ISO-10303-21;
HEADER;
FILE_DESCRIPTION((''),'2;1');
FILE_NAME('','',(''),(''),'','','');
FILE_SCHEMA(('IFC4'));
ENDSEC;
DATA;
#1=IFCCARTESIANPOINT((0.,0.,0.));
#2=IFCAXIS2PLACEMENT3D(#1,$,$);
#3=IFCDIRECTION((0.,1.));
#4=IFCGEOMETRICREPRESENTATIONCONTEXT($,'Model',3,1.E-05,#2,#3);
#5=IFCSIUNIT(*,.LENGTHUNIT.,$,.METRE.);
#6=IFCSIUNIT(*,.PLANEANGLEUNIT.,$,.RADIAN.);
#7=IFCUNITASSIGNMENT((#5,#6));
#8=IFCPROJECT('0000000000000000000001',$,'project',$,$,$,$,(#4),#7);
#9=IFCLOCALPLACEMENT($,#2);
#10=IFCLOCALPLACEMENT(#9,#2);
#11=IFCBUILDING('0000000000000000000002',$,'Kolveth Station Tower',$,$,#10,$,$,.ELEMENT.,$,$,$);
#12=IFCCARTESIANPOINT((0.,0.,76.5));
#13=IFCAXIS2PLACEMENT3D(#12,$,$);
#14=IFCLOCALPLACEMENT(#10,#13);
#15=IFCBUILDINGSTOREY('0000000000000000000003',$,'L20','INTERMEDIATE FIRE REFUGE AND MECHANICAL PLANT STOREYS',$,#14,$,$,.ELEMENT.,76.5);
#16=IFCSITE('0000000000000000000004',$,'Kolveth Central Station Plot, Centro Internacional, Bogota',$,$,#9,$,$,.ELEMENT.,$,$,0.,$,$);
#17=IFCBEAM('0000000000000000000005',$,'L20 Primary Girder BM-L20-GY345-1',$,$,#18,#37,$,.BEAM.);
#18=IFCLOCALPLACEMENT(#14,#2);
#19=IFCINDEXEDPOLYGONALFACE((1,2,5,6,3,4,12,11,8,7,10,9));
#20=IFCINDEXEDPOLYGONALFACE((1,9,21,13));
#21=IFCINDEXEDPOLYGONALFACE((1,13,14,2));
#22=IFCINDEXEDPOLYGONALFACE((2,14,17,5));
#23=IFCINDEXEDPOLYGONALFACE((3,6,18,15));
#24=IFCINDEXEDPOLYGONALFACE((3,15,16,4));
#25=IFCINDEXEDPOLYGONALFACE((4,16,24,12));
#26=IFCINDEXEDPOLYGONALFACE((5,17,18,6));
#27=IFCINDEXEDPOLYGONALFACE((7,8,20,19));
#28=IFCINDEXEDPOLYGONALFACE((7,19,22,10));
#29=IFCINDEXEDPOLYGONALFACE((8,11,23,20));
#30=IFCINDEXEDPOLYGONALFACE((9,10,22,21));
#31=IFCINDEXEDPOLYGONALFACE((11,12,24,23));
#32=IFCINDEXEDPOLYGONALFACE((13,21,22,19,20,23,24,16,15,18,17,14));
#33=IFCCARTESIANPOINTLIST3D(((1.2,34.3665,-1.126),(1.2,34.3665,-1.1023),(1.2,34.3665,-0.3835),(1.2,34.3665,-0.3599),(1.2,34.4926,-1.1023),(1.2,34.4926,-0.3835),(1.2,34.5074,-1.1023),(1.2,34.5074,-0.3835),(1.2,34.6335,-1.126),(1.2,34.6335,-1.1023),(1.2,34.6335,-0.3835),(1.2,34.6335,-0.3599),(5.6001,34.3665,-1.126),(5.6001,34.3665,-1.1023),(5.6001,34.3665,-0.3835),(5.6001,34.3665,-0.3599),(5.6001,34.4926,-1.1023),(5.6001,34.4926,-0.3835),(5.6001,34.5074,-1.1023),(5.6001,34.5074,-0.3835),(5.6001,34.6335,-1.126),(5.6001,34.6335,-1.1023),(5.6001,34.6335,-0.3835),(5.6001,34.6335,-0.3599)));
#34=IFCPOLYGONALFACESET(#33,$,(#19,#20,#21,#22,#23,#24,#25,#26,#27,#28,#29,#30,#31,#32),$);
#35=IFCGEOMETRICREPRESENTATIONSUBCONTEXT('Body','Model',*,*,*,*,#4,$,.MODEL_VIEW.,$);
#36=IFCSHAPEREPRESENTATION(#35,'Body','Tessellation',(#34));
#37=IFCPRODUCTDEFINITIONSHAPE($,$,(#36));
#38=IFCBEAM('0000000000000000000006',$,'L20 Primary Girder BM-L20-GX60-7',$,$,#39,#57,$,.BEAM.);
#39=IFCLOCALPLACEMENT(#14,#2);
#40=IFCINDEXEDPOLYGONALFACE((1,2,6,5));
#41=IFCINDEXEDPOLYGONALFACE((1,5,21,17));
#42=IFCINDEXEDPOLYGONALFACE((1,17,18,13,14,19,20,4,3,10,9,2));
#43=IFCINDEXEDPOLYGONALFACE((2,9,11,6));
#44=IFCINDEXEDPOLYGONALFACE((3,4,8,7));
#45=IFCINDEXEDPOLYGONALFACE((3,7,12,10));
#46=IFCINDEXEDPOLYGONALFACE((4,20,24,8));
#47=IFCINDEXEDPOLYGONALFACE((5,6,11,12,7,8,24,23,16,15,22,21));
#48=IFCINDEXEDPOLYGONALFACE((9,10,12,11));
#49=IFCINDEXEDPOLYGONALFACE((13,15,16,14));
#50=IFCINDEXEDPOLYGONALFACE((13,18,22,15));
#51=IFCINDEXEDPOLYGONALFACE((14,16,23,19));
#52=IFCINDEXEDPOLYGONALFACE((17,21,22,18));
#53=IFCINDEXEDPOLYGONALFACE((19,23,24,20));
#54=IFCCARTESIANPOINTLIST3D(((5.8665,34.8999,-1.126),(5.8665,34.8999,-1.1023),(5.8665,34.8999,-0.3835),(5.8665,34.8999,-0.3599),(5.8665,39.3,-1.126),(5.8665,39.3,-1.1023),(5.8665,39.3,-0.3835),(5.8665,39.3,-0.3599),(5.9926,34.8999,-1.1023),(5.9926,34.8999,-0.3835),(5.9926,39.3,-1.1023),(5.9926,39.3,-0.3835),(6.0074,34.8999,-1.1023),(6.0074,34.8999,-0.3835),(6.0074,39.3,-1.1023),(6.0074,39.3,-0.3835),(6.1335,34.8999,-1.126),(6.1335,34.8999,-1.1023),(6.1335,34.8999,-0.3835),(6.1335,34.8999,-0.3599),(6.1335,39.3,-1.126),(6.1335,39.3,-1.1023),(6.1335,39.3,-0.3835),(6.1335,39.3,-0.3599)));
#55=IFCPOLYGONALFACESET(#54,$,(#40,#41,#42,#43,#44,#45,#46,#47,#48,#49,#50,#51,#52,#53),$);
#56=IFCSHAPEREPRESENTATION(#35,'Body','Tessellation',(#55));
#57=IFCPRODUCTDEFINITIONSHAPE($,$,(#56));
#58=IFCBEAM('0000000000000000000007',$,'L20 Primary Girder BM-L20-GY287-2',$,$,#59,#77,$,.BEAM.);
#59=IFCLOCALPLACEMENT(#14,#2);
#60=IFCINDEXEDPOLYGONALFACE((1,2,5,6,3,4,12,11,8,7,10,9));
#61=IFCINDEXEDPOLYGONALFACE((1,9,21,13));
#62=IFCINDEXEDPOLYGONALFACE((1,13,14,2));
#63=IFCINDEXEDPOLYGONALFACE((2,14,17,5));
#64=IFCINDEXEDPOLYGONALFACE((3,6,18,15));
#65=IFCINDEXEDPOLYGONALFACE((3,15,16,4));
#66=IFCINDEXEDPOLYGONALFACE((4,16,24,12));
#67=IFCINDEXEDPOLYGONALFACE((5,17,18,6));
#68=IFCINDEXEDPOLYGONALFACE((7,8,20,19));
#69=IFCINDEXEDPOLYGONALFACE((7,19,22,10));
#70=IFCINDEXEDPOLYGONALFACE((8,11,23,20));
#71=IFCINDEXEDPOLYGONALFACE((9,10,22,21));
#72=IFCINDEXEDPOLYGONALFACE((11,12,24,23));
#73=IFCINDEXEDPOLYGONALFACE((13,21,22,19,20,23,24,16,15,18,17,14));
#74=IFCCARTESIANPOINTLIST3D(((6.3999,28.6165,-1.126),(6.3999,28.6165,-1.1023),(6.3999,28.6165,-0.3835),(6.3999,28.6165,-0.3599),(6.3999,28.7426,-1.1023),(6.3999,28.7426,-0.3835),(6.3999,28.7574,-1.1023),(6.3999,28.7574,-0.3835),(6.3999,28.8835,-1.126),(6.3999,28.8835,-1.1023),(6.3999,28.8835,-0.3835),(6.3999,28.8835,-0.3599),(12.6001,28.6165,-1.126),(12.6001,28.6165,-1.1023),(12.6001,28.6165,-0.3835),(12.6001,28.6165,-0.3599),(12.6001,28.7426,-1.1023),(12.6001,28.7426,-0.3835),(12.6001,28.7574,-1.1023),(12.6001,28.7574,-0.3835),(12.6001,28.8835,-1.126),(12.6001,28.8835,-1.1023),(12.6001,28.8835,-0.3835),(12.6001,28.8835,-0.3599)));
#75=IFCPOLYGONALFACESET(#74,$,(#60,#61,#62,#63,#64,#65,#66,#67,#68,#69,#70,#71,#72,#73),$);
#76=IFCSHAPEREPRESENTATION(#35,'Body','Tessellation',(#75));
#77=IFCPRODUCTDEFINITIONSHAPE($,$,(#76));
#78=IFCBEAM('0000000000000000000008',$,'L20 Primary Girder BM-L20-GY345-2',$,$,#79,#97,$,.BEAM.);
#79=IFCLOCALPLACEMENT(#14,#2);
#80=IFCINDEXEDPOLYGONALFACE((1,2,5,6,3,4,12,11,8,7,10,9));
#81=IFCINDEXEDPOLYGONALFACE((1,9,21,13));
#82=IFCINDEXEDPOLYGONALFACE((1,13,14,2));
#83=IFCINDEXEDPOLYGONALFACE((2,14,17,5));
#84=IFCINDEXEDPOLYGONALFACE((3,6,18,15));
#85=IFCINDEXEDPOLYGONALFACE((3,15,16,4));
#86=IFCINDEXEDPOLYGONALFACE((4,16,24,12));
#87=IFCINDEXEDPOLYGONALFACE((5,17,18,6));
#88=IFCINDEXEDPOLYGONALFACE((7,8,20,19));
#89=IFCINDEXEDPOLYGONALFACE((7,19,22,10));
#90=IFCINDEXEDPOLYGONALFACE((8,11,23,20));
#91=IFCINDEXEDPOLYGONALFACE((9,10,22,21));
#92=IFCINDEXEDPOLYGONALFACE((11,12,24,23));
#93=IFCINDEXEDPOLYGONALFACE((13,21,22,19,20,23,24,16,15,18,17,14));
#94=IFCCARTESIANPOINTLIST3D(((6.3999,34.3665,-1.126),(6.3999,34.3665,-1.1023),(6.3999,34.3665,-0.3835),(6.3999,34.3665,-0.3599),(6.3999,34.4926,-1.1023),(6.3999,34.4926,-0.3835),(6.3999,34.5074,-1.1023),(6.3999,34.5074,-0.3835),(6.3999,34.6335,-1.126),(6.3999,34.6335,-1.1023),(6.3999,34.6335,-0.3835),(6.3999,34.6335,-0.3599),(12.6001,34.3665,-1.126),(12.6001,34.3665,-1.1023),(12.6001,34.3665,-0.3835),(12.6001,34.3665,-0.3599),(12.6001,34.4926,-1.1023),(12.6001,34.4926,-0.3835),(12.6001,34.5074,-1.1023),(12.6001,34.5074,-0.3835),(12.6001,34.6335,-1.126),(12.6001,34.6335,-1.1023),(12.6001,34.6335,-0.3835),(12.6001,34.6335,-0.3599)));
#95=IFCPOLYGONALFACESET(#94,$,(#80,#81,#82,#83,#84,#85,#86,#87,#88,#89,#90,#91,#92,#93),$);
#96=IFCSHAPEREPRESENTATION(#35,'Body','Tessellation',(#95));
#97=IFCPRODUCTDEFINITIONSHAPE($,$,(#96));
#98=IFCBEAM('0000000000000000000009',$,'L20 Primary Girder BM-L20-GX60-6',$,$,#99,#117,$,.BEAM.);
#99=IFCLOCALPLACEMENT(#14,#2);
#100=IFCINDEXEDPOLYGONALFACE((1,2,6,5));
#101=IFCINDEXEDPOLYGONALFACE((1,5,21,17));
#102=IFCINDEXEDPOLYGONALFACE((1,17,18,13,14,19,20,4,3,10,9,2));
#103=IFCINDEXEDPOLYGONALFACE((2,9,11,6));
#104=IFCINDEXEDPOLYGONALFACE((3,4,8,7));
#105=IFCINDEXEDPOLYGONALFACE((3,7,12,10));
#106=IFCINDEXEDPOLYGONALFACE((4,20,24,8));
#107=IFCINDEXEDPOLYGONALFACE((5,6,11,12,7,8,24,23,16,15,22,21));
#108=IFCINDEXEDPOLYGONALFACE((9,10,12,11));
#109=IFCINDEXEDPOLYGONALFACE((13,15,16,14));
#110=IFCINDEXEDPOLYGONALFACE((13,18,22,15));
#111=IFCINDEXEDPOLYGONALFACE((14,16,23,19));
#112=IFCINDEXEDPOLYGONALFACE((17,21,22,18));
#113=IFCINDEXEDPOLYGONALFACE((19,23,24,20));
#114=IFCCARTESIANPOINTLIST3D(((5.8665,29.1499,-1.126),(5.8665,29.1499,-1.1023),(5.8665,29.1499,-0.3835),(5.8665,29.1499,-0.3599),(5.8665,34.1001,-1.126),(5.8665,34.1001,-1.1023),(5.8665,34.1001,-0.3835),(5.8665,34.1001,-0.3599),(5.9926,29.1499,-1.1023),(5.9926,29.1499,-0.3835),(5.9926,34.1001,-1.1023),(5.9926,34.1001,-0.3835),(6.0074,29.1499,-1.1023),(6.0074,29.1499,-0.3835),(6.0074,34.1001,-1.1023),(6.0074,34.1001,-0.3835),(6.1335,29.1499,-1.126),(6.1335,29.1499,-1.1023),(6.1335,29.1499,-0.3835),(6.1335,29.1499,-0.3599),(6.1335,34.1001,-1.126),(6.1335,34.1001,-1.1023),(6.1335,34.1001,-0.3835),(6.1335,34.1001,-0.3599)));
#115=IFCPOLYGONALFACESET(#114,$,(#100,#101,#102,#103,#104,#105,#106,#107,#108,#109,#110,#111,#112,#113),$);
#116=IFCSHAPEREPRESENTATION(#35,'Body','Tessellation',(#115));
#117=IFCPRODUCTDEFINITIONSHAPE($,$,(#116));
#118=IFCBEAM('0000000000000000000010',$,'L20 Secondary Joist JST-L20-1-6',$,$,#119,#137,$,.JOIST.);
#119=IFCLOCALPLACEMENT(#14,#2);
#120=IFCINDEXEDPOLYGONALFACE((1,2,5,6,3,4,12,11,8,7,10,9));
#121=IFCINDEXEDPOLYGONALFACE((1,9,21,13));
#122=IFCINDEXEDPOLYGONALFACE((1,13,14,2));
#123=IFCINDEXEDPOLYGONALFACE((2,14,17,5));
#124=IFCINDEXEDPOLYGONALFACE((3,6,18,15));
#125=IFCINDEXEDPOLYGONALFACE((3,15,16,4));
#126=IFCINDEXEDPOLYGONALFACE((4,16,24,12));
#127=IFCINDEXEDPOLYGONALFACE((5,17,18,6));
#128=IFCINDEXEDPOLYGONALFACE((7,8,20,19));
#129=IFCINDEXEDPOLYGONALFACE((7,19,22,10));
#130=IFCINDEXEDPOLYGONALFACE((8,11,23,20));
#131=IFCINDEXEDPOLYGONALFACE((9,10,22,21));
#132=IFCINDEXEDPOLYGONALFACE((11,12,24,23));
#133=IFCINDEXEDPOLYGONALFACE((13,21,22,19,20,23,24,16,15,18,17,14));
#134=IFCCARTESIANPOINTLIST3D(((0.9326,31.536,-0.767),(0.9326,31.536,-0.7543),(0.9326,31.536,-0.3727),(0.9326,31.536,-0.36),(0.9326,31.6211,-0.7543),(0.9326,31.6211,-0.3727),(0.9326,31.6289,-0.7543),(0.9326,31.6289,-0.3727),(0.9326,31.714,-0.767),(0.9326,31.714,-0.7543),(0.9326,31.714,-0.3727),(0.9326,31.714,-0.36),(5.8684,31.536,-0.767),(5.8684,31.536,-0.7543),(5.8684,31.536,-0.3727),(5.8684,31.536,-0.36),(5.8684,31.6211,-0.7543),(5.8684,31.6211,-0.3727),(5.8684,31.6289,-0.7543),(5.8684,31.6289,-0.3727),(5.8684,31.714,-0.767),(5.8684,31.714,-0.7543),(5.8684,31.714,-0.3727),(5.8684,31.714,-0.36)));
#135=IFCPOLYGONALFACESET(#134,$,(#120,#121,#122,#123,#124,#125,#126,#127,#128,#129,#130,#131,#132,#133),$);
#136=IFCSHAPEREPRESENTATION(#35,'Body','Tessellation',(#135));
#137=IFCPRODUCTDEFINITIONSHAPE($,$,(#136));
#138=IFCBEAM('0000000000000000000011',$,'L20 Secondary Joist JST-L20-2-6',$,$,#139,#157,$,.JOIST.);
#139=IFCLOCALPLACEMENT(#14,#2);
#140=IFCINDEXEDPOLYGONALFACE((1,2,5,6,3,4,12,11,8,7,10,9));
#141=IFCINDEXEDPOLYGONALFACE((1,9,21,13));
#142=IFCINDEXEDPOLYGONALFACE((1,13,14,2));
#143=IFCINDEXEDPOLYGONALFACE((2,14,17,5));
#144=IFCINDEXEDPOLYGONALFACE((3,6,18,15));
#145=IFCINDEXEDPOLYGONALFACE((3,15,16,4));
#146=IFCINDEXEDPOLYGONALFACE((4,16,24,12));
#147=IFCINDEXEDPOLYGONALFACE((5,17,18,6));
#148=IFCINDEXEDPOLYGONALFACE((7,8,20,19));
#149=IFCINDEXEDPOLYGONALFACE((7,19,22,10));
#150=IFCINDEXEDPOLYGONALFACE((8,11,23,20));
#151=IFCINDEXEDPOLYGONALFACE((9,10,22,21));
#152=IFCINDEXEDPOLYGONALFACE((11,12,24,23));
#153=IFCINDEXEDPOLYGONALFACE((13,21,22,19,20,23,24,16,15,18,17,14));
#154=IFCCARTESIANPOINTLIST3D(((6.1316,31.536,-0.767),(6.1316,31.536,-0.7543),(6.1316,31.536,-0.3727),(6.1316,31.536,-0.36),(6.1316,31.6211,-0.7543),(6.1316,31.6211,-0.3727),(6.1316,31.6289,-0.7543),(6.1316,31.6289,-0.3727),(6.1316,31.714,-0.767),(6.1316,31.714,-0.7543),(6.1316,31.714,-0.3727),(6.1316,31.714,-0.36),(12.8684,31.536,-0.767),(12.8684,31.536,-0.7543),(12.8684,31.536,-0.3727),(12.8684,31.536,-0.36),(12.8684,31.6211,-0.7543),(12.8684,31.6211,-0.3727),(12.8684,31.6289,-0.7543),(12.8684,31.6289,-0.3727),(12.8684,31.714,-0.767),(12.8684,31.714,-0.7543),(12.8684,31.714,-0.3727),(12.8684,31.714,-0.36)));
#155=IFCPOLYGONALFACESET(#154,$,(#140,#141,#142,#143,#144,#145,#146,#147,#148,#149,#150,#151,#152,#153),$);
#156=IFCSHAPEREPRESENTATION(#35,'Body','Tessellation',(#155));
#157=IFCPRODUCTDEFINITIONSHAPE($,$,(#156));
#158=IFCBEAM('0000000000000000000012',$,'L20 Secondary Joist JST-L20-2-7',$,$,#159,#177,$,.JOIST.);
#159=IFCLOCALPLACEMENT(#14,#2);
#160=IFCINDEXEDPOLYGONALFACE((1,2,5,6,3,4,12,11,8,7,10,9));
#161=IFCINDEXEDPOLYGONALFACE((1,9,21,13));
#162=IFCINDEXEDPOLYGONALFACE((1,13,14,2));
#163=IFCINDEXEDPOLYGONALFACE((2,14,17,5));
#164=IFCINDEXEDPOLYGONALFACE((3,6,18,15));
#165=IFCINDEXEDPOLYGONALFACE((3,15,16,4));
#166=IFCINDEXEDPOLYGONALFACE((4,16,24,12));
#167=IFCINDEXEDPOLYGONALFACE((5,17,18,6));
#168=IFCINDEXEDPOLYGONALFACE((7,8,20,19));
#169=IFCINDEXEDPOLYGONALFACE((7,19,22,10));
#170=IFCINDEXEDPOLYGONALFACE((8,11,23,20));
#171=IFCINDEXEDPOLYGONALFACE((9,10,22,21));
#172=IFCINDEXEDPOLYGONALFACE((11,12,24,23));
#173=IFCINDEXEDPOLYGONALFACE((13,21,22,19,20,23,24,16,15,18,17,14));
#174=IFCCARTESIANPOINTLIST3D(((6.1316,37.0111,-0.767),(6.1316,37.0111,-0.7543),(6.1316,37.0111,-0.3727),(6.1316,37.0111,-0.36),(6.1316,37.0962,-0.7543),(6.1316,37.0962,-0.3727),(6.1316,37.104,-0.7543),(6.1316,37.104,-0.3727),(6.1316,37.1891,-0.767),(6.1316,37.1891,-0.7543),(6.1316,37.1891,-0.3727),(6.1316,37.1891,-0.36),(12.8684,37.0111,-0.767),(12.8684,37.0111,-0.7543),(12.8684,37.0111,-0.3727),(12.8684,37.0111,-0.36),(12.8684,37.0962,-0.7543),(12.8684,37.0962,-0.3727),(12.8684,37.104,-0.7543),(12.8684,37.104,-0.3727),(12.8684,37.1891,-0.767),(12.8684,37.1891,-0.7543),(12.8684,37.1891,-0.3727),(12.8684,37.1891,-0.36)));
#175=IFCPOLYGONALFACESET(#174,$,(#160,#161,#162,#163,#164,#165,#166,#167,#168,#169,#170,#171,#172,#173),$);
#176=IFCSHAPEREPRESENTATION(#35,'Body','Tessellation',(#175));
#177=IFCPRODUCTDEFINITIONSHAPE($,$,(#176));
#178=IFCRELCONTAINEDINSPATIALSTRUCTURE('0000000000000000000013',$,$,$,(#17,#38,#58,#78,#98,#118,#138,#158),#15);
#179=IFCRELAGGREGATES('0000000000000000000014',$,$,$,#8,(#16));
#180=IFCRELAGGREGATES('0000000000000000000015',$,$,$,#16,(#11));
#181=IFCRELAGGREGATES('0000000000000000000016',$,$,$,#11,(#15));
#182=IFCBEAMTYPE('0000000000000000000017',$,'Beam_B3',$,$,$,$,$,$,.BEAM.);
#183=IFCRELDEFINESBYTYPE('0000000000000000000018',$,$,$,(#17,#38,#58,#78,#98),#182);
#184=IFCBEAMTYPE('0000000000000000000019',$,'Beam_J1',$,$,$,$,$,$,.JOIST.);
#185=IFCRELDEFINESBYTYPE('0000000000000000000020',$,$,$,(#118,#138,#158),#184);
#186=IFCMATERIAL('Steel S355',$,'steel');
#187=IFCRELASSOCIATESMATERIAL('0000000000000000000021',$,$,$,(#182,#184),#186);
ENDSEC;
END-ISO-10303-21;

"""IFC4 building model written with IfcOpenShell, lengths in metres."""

from ifc_helpers import new_model, si_unit, direction, frame, origin, origin_2d, place, context, subcontext, project, spatial, i_section, extrude, source, transform, mapped, material, material_profile, profile_set, type_object, element, save


model = new_model("IFC4")

# Units and contexts
model_context = context("Model", 3, precision=1e-05, world=origin(), true_north=direction((0.0, 1.0)))
body_context = subcontext(model_context, "Body", "Model", "MODEL_VIEW")
ifc_project = project(units=[si_unit("LENGTHUNIT", "METRE"), si_unit("PLANEANGLEUNIT", "RADIAN")], contexts=[model_context])

# Site, building, storey
site_placement = place(None, origin())
site = spatial("IfcSite", under=ifc_project, at=site_placement, Name="Kolveth Central Station Plot, Centro Internacional, Bogota", CompositionType="ELEMENT", RefElevation=0.0)
building_placement = place(site_placement, origin())
building = spatial("IfcBuilding", under=site, at=building_placement, Name="Kolveth Station Tower", CompositionType="ELEMENT")
storey_placement = place(building_placement, frame((0.0, 0.0, 76.5)))
storey = spatial("IfcBuildingStorey", under=building, at=storey_placement, Name="L20", Description="INTERMEDIATE FIRE REFUGE AND MECHANICAL PLANT STOREYS", CompositionType="ELEMENT", Elevation=76.5)

# Shared definitions
ifc_material_1 = material(Name="Steel S355", Category="steel")

# Beams
ifc_material_profile_1 = material_profile(ifc_material_1, i_section(OverallWidth=0.2671, OverallDepth=0.7661, WebThickness=0.0149, FlangeThickness=0.0237, at=origin_2d()), Name="W760x185")
ifc_profile_set_1 = profile_set([ifc_material_profile_1], Name="Steel S355")
beam_type_1 = type_object("IfcBeamType", Name="Beam_B3", PredefinedType="BEAM", material=ifc_profile_set_1)
shared_shape_1 = source(origin(), body_context, "Body", "SweptSolid", [
    extrude(i_section(OverallWidth=0.2671, OverallDepth=0.7661, WebThickness=0.0149, FlangeThickness=0.0237, at=origin_2d()), origin(), (0.0, 0.0, 1.0), 4.4001),
])
for number, where, z_axis, x_axis, name in (
    (1, (1.2, 34.5, -0.7429), (1.0, 0.0, 0.0), (0.0, 1.0, 0.0), "L20 Primary Girder BM-L20-GY345-1"),
    (2, (6.0, 34.8999, -0.7429), (0.0, 1.0, 0.0), (-1.0, 0.0, 0.0), "L20 Primary Girder BM-L20-GX60-7"),
):
    element("IfcBeam", number, at=place(storey_placement, frame(where, z_axis=z_axis, x_axis=x_axis)), inside=storey, type_object=beam_type_1, Name=name, PredefinedType="BEAM", context=body_context, shape_type="MappedRepresentation", body=[
        mapped(shared_shape_1, transform((0.0, 0.0, 0.0), x_axis=(1.0, 0.0, 0.0), y_axis=(0.0, 1.0, 0.0), z_axis=(0.0, 0.0, 1.0), scale=1.0)),
    ])
shared_shape_2 = source(origin(), body_context, "Body", "SweptSolid", [
    extrude(i_section(OverallWidth=0.2671, OverallDepth=0.7661, WebThickness=0.0149, FlangeThickness=0.0237, at=origin_2d()), origin(), (0.0, 0.0, 1.0), 6.2002),
])
for number, where, z_axis, x_axis, name in (
    (3, (6.3999, 28.75, -0.7429), (1.0, 0.0, 0.0), (0.0, 1.0, 0.0), "L20 Primary Girder BM-L20-GY287-2"),
    (4, (6.3999, 34.5, -0.7429), (1.0, 0.0, 0.0), (0.0, 1.0, 0.0), "L20 Primary Girder BM-L20-GY345-2"),
):
    element("IfcBeam", number, at=place(storey_placement, frame(where, z_axis=z_axis, x_axis=x_axis)), inside=storey, type_object=beam_type_1, Name=name, PredefinedType="BEAM", context=body_context, shape_type="MappedRepresentation", body=[
        mapped(shared_shape_2, transform((0.0, 0.0, 0.0), x_axis=(1.0, 0.0, 0.0), y_axis=(0.0, 1.0, 0.0), z_axis=(0.0, 0.0, 1.0), scale=1.0)),
    ])
shared_shape_3 = source(origin(), body_context, "Body", "SweptSolid", [
    extrude(i_section(OverallWidth=0.2671, OverallDepth=0.7661, WebThickness=0.0149, FlangeThickness=0.0237, at=origin_2d()), origin(), (0.0, 0.0, 1.0), 4.9502),
])
beam_1_placement = place(storey_placement, frame((6.0, 29.1499, -0.7429), z_axis=(0.0, 1.0, 0.0), x_axis=(-1.0, 0.0, 0.0)))
element("IfcBeam", 5, at=beam_1_placement, inside=storey, type_object=beam_type_1, Name="L20 Primary Girder BM-L20-GX60-6", PredefinedType="BEAM", context=body_context, shape_type="MappedRepresentation", body=[
    mapped(shared_shape_3, transform((0.0, 0.0, 0.0), x_axis=(1.0, 0.0, 0.0), y_axis=(0.0, 1.0, 0.0), z_axis=(0.0, 0.0, 1.0), scale=1.0)),
])
ifc_material_profile_2 = material_profile(ifc_material_1, i_section(OverallWidth=0.178, OverallDepth=0.407, WebThickness=0.0078, FlangeThickness=0.0127, at=origin_2d()), Name="W410x60")
ifc_profile_set_2 = profile_set([ifc_material_profile_2], Name="Steel S355")
beam_type_2 = type_object("IfcBeamType", Name="Beam_J1", PredefinedType="JOIST", material=ifc_profile_set_2)
shared_shape_4 = source(origin(), body_context, "Body", "SweptSolid", [
    extrude(i_section(OverallWidth=0.178, OverallDepth=0.407, WebThickness=0.0078, FlangeThickness=0.0127, at=origin_2d()), origin(), (0.0, 0.0, 1.0), 4.9358),
])
beam_2_placement = place(storey_placement, frame((0.9326, 31.625, -0.5635), z_axis=(1.0, 0.0, 0.0), x_axis=(0.0, 1.0, 0.0)))
element("IfcBeam", 6, at=beam_2_placement, inside=storey, type_object=beam_type_2, Name="L20 Secondary Joist JST-L20-1-6", PredefinedType="JOIST", context=body_context, shape_type="MappedRepresentation", body=[
    mapped(shared_shape_4, transform((0.0, 0.0, 0.0), x_axis=(1.0, 0.0, 0.0), y_axis=(0.0, 1.0, 0.0), z_axis=(0.0, 0.0, 1.0), scale=1.0)),
])
shared_shape_5 = source(origin(), body_context, "Body", "SweptSolid", [
    extrude(i_section(OverallWidth=0.178, OverallDepth=0.407, WebThickness=0.0078, FlangeThickness=0.0127, at=origin_2d()), origin(), (0.0, 0.0, 1.0), 6.7368),
])
for number, where, z_axis, x_axis, name in (
    (7, (6.1316, 31.625, -0.5635), (1.0, 0.0, 0.0), (0.0, 1.0, 0.0), "L20 Secondary Joist JST-L20-2-6"),
    (8, (6.1316, 37.1001, -0.5635), (1.0, 0.0, 0.0), (0.0, 1.0, 0.0), "L20 Secondary Joist JST-L20-2-7"),
):
    element("IfcBeam", number, at=place(storey_placement, frame(where, z_axis=z_axis, x_axis=x_axis)), inside=storey, type_object=beam_type_2, Name=name, PredefinedType="JOIST", context=body_context, shape_type="MappedRepresentation", body=[
        mapped(shared_shape_5, transform((0.0, 0.0, 0.0), x_axis=(1.0, 0.0, 0.0), y_axis=(0.0, 1.0, 0.0), z_axis=(0.0, 0.0, 1.0), scale=1.0)),
    ])

save(model, "model.ifc")
